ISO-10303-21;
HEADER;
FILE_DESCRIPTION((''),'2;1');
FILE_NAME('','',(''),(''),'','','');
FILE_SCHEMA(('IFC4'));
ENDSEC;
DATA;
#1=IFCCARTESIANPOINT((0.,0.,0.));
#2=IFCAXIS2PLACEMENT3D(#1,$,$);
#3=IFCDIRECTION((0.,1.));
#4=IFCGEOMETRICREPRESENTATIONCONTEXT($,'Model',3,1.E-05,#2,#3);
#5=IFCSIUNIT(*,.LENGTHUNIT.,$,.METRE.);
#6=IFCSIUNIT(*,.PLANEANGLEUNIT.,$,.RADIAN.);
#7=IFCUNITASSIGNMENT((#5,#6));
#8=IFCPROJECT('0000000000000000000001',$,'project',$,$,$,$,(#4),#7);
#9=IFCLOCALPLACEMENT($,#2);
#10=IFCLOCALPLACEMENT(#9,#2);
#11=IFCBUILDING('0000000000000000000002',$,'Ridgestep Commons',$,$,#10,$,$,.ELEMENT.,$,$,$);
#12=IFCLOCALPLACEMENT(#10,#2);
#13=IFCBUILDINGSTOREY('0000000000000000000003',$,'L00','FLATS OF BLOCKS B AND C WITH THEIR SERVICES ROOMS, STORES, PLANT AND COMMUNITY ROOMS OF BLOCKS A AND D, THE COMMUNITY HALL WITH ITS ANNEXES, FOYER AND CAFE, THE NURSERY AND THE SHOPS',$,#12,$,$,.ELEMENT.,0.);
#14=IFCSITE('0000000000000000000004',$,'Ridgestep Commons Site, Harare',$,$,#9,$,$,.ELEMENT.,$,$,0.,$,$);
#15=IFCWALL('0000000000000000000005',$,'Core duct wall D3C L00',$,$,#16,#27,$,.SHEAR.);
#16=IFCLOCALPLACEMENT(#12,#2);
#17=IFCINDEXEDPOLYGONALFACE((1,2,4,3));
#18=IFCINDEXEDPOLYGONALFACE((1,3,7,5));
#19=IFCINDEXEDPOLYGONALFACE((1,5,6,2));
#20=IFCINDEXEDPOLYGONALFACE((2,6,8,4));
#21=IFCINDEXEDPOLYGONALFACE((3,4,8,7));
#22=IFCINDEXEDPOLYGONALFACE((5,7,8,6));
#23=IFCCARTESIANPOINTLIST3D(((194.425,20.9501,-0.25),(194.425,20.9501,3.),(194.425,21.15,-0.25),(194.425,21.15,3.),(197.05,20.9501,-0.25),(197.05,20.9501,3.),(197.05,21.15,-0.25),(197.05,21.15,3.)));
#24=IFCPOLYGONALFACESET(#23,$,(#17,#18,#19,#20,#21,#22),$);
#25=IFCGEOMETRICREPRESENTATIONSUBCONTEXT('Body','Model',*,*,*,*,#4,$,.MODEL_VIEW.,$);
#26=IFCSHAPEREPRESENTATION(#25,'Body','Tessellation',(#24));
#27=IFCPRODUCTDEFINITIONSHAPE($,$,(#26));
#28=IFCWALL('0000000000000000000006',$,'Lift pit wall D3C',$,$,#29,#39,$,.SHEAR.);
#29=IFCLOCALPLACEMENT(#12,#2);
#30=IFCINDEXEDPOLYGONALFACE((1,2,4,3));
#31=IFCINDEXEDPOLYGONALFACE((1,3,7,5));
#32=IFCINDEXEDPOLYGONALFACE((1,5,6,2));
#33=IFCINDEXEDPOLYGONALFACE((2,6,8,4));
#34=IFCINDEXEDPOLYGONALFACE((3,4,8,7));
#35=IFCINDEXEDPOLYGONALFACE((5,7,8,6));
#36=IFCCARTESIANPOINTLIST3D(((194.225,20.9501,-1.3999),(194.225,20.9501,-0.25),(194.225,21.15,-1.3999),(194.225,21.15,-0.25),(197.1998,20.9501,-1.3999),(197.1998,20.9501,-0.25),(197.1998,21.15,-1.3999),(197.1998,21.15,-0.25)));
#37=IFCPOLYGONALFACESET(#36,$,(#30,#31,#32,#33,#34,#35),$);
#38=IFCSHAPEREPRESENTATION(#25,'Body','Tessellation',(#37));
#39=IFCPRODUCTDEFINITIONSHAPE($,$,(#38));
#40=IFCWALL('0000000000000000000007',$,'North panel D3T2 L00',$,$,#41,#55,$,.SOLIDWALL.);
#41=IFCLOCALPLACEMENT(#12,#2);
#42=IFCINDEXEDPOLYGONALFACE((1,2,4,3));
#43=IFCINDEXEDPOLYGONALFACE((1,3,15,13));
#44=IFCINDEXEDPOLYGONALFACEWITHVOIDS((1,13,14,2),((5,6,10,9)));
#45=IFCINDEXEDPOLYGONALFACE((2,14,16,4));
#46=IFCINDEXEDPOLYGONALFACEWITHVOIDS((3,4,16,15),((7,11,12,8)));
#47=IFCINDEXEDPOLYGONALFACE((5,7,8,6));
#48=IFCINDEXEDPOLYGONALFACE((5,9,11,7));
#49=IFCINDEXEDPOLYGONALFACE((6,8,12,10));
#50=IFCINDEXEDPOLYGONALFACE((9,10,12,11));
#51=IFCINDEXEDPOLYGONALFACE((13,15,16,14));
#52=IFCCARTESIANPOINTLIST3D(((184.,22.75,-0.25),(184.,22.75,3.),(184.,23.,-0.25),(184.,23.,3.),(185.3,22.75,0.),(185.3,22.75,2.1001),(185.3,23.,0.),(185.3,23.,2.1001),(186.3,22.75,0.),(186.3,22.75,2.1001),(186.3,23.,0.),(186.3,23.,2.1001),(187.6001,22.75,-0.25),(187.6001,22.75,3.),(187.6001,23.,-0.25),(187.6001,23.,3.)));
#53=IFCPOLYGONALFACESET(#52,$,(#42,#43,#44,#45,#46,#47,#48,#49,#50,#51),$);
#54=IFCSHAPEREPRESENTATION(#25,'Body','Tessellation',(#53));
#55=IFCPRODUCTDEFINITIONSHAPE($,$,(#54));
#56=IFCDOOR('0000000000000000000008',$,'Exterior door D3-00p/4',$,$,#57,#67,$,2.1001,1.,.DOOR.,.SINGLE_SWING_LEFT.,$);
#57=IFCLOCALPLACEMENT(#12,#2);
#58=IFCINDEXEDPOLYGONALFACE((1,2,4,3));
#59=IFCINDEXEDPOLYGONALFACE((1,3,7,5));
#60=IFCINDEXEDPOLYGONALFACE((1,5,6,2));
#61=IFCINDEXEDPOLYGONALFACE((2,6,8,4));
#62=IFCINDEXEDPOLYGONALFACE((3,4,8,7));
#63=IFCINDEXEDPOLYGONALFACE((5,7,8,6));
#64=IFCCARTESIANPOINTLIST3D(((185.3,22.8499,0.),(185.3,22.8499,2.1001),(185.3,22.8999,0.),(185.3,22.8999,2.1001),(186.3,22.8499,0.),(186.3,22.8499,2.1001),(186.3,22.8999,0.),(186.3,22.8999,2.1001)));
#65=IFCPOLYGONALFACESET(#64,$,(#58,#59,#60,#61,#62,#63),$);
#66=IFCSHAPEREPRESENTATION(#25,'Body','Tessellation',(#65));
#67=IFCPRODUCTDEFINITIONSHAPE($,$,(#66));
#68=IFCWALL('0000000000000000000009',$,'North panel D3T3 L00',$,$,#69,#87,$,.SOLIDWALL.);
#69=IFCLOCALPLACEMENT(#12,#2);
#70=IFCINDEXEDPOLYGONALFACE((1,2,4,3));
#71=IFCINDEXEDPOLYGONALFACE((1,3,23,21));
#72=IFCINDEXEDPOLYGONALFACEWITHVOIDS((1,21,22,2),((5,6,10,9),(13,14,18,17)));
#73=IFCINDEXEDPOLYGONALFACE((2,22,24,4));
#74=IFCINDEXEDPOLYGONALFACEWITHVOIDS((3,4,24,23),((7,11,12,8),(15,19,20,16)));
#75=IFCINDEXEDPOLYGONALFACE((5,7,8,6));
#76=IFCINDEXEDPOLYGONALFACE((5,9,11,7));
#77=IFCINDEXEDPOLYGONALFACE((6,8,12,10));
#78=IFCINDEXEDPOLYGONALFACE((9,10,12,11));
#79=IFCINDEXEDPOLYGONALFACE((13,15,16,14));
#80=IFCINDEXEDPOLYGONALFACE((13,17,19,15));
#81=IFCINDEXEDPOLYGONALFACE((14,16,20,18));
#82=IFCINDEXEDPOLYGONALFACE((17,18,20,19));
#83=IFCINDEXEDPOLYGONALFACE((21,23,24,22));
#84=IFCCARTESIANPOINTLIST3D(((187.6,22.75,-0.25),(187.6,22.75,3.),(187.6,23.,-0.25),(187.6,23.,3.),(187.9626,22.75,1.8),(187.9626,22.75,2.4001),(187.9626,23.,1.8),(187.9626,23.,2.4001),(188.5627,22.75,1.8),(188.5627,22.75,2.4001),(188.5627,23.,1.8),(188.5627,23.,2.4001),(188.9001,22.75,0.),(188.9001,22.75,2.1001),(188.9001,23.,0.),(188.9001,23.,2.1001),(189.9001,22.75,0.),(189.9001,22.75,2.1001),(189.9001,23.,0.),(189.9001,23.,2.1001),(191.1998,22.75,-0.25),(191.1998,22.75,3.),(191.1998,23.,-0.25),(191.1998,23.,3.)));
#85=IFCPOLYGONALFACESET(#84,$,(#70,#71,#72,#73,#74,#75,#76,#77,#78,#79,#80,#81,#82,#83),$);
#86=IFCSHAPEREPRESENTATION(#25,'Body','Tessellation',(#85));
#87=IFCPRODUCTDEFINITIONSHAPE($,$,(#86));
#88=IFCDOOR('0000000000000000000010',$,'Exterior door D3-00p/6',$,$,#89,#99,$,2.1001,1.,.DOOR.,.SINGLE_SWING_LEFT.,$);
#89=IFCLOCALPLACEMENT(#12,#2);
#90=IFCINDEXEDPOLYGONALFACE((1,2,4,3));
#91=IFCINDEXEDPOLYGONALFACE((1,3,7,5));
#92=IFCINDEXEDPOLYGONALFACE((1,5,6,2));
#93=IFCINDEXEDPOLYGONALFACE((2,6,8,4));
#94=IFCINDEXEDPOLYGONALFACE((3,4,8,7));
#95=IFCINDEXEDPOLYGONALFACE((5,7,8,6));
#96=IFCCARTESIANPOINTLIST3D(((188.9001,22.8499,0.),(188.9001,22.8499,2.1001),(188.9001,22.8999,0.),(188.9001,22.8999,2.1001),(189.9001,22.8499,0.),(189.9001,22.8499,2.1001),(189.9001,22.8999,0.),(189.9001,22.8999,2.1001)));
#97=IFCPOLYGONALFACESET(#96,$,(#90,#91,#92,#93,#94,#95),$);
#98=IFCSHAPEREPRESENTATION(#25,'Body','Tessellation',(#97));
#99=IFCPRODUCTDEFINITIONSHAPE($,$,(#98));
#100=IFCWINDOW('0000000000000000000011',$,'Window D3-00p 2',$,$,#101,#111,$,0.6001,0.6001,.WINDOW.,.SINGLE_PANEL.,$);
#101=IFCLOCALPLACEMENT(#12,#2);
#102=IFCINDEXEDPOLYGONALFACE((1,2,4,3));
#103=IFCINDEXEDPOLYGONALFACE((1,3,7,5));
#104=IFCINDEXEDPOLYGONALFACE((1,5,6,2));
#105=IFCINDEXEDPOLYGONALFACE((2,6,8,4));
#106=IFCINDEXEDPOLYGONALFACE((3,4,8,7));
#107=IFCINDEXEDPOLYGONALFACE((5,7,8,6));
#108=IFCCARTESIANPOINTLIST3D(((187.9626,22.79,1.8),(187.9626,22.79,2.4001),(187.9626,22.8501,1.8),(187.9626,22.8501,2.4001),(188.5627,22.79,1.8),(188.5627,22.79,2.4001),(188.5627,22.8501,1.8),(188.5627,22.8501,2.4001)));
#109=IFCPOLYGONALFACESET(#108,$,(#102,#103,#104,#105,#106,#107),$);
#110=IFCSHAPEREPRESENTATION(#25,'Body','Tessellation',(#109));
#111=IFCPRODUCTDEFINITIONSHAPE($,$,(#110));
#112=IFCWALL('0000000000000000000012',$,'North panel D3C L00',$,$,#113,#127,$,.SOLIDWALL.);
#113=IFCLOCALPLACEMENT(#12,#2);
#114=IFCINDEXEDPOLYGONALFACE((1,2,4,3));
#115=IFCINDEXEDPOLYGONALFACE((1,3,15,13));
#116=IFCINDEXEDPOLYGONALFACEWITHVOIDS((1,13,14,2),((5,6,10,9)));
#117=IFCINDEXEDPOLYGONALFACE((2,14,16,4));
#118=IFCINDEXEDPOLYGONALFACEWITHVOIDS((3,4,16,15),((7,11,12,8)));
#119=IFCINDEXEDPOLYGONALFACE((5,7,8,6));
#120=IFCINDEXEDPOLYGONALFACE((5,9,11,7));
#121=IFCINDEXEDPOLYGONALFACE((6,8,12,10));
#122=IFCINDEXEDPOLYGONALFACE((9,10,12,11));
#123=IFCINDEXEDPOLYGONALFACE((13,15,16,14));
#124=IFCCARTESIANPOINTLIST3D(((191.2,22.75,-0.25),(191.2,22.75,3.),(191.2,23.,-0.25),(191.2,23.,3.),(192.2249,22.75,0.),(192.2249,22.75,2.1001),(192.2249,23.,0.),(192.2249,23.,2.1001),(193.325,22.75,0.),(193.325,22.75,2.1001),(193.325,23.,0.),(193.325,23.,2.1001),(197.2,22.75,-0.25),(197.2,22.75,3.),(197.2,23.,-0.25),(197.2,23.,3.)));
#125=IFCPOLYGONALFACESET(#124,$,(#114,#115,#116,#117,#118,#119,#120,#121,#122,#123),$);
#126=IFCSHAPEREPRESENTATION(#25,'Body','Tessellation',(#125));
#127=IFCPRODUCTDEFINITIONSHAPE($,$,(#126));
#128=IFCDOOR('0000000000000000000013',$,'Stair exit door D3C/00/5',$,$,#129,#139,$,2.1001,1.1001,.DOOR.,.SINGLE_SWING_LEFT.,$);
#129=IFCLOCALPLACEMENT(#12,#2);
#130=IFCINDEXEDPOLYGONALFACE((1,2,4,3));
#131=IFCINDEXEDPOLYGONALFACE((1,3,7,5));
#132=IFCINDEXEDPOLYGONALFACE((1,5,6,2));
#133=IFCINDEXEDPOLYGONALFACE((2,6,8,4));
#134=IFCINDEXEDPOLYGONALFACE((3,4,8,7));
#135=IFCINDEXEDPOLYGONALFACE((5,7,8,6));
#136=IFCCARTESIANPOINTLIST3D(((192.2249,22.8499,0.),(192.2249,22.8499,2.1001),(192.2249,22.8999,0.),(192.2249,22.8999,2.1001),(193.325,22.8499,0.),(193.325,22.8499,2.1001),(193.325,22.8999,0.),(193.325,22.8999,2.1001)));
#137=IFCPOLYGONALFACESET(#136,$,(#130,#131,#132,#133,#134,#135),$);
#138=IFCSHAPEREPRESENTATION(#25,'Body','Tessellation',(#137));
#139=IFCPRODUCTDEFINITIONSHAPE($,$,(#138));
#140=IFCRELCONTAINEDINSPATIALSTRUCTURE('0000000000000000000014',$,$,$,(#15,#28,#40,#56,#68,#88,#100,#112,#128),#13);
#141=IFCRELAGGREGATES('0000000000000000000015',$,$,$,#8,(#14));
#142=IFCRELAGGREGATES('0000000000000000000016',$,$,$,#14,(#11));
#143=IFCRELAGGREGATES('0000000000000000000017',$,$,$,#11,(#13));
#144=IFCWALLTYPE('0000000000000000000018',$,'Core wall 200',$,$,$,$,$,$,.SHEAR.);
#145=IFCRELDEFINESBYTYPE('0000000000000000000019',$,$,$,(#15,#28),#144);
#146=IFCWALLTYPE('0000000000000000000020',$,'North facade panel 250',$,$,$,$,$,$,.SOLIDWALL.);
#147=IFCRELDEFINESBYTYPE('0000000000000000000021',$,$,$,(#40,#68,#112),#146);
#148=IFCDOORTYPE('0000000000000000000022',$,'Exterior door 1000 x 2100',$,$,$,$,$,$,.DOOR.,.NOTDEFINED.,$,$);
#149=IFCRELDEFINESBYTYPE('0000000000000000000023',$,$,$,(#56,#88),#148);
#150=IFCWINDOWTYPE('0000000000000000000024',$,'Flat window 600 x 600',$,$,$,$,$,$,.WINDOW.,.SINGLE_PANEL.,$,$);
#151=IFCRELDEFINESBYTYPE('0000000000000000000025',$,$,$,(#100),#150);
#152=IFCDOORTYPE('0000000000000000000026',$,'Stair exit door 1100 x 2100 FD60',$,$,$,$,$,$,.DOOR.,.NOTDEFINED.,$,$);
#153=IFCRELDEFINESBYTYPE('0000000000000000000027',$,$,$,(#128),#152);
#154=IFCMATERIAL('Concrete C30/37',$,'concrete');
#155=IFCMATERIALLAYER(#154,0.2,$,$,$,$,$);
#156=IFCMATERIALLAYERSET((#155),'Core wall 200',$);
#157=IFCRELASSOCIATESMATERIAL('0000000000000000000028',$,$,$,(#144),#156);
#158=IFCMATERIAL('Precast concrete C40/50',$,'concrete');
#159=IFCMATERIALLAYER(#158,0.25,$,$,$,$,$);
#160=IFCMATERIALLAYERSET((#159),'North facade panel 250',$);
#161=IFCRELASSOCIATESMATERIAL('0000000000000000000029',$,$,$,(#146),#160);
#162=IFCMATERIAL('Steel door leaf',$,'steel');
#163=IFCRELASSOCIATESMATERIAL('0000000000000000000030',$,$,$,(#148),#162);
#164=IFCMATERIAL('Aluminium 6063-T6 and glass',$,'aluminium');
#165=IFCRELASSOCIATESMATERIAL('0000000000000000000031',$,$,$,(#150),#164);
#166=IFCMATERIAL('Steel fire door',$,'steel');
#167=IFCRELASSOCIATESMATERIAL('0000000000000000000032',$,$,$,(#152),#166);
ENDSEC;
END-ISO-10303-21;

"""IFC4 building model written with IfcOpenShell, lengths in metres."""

from ifc_helpers import new_model, si_unit, direction, frame, frame_2d, origin, place, context, subcontext, project, spatial, rectangle, extrude, material, layer, layer_set, type_object, element, fill, save


model = new_model("IFC4")

# Units and contexts
model_context = context("Model", 3, precision=1e-05, world=origin(), true_north=direction((0.0, 1.0)))
body_context = subcontext(model_context, "Body", "Model", "MODEL_VIEW")
ifc_project = project(units=[si_unit("LENGTHUNIT", "METRE"), si_unit("PLANEANGLEUNIT", "RADIAN")], contexts=[model_context])

# Site, building, storey
site_placement = place(None, origin())
site = spatial("IfcSite", under=ifc_project, at=site_placement, Name="Ridgestep Commons Site, Harare", CompositionType="ELEMENT", RefElevation=0.0)
building_placement = place(site_placement, origin())
building = spatial("IfcBuilding", under=site, at=building_placement, Name="Ridgestep Commons", CompositionType="ELEMENT")
storey_placement = place(building_placement, origin())
storey = spatial("IfcBuildingStorey", under=building, at=storey_placement, Name="L00", Description="FLATS OF BLOCKS B AND C WITH THEIR SERVICES ROOMS, STORES, PLANT AND COMMUNITY ROOMS OF BLOCKS A AND D, THE COMMUNITY HALL WITH ITS ANNEXES, FOYER AND CAFE, THE NURSERY AND THE SHOPS", CompositionType="ELEMENT", Elevation=0.0)

# Walls
ifc_material_1 = material(Name="Concrete C30/37", Category="concrete")
ifc_layer_1 = layer(ifc_material_1, 0.2)
ifc_layer_set_1 = layer_set([ifc_layer_1], Name="Core wall 200")
wall_type_1 = type_object("IfcWallType", Name="Core wall 200", PredefinedType="SHEAR", material=ifc_layer_set_1)
wall_1_placement = place(storey_placement, frame((194.425, 21.05, -0.25), z_axis=(0.0, 0.0, 1.0), x_axis=(1.0, 0.0, 0.0)))
element("IfcWall", 1, at=wall_1_placement, inside=storey, type_object=wall_type_1, Name="Core duct wall D3C L00", PredefinedType="SHEAR", context=body_context, shape_type="SweptSolid", body=[
    extrude(rectangle(XDim=2.625, YDim=0.2, at=frame_2d((1.3125, 0.0))), origin(), (0.0, 0.0, 1.0), 3.25),
])
wall_2_placement = place(storey_placement, frame((194.2251, 21.05, -1.3999), z_axis=(0.0, 0.0, 1.0), x_axis=(1.0, 0.0, 0.0)))
element("IfcWall", 2, at=wall_2_placement, inside=storey, type_object=wall_type_1, Name="Lift pit wall D3C", PredefinedType="SHEAR", context=body_context, shape_type="SweptSolid", body=[
    extrude(rectangle(XDim=2.9749, YDim=0.2, at=frame_2d((1.4873, 0.0))), origin(), (0.0, 0.0, 1.0), 1.1499),
])

# Wall, opening, door
ifc_material_2 = material(Name="Precast concrete C40/50", Category="concrete")
ifc_layer_2 = layer(ifc_material_2, 0.25)
ifc_layer_set_2 = layer_set([ifc_layer_2], Name="North facade panel 250")
wall_type_2 = type_object("IfcWallType", Name="North facade panel 250", PredefinedType="SOLIDWALL", material=ifc_layer_set_2)
wall_3_placement = place(storey_placement, frame((184.0, 22.875, -0.25), z_axis=(0.0, 0.0, 1.0), x_axis=(1.0, 0.0, 0.0)))
wall_3 = element("IfcWall", 3, at=wall_3_placement, inside=storey, type_object=wall_type_2, Name="North panel D3T2 L00", PredefinedType="SOLIDWALL", context=body_context, shape_type="SweptSolid", body=[
    extrude(rectangle(XDim=3.6001, YDim=0.25, at=frame_2d((1.8, 0.0))), origin(), (0.0, 0.0, 1.0), 3.25),
])
opening_1_placement = place(wall_3_placement, frame((1.3, 0.0, 0.25)))
opening_1 = element("IfcOpeningElement", 4, at=opening_1_placement, cuts=wall_3, PredefinedType="OPENING", context=body_context, shape_type="SweptSolid", body=[
    extrude(rectangle(XDim=1.0, YDim=2.1001, at=frame_2d((0.5, 1.05))), frame((0.0, 0.135, 0.0), z_axis=(0.0, -1.0, 0.0), x_axis=(1.0, 0.0, 0.0)), (0.0, 0.0, 1.0), 0.27),
])
ifc_material_3 = material(Name="Steel door leaf", Category="steel")
door_type_1 = type_object("IfcDoorType", Name="Exterior door 1000 x 2100", OperationType="NOTDEFINED", PredefinedType="DOOR", material=ifc_material_3)
door_1_placement = place(opening_1_placement, origin())
door_1 = element("IfcDoor", 5, at=door_1_placement, inside=storey, type_object=door_type_1, Name="Exterior door D3-00p/4", OperationType="SINGLE_SWING_LEFT", OverallHeight=2.1001, OverallWidth=1.0, PredefinedType="DOOR", context=body_context, shape_type="SweptSolid", body=[
    extrude(rectangle(XDim=1.0, YDim=2.1001, at=frame_2d((0.5, 1.05))), frame((0.0, 0.0249, 0.0), z_axis=(0.0, -1.0, 0.0), x_axis=(1.0, 0.0, 0.0)), (0.0, 0.0, 1.0), 0.05),
])
fill(opening_1, door_1)

# Wall, openings, door, window
wall_4_placement = place(storey_placement, frame((187.6001, 22.875, -0.25), z_axis=(0.0, 0.0, 1.0), x_axis=(1.0, 0.0, 0.0)))
wall_4 = element("IfcWall", 6, at=wall_4_placement, inside=storey, type_object=wall_type_2, Name="North panel D3T3 L00", PredefinedType="SOLIDWALL", context=body_context, shape_type="SweptSolid", body=[
    extrude(rectangle(XDim=3.5999, YDim=0.25, at=frame_2d((1.7998, 0.0))), origin(), (0.0, 0.0, 1.0), 3.25),
])
opening_2_placement = place(wall_4_placement, frame((0.3625, 0.0, 2.05)))
opening_2 = element("IfcOpeningElement", 7, at=opening_2_placement, cuts=wall_4, PredefinedType="OPENING", context=body_context, shape_type="SweptSolid", body=[
    extrude(rectangle(XDim=0.6001, YDim=0.6001, at=frame_2d((0.3, 0.3))), frame((0.0, 0.135, 0.0), z_axis=(0.0, -1.0, 0.0), x_axis=(1.0, 0.0, 0.0)), (0.0, 0.0, 1.0), 0.27),
])
opening_3_placement = place(wall_4_placement, frame((1.3, 0.0, 0.25)))
opening_3 = element("IfcOpeningElement", 8, at=opening_3_placement, cuts=wall_4, PredefinedType="OPENING", context=body_context, shape_type="SweptSolid", body=[
    extrude(rectangle(XDim=1.0, YDim=2.1001, at=frame_2d((0.5, 1.05))), frame((0.0, 0.135, 0.0), z_axis=(0.0, -1.0, 0.0), x_axis=(1.0, 0.0, 0.0)), (0.0, 0.0, 1.0), 0.27),
])
door_2_placement = place(opening_3_placement, origin())
door_2 = element("IfcDoor", 9, at=door_2_placement, inside=storey, type_object=door_type_1, Name="Exterior door D3-00p/6", OperationType="SINGLE_SWING_LEFT", OverallHeight=2.1001, OverallWidth=1.0, PredefinedType="DOOR", context=body_context, shape_type="SweptSolid", body=[
    extrude(rectangle(XDim=1.0, YDim=2.1001, at=frame_2d((0.5, 1.05))), frame((0.0, 0.0249, 0.0), z_axis=(0.0, -1.0, 0.0), x_axis=(1.0, 0.0, 0.0)), (0.0, 0.0, 1.0), 0.05),
])
fill(opening_3, door_2)
ifc_material_4 = material(Name="Aluminium 6063-T6 and glass", Category="aluminium")
window_type = type_object("IfcWindowType", Name="Flat window 600 x 600", PartitioningType="SINGLE_PANEL", PredefinedType="WINDOW", material=ifc_material_4)
window_placement = place(opening_2_placement, origin())
window = element("IfcWindow", 10, at=window_placement, inside=storey, type_object=window_type, Name="Window D3-00p 2", OverallHeight=0.6001, OverallWidth=0.6001, PartitioningType="SINGLE_PANEL", PredefinedType="WINDOW", context=body_context, shape_type="SweptSolid", body=[
    extrude(rectangle(XDim=0.6001, YDim=0.6001, at=frame_2d((0.3, 0.3))), frame((0.0, -0.0249, 0.0), z_axis=(0.0, -1.0, 0.0), x_axis=(1.0, 0.0, 0.0)), (0.0, 0.0, 1.0), 0.0601),
])
fill(opening_2, window)

# Wall, opening, door
wall_5_placement = place(storey_placement, frame((191.2, 22.875, -0.25), z_axis=(0.0, 0.0, 1.0), x_axis=(1.0, 0.0, 0.0)))
wall_5 = element("IfcWall", 11, at=wall_5_placement, inside=storey, type_object=wall_type_2, Name="North panel D3C L00", PredefinedType="SOLIDWALL", context=body_context, shape_type="SweptSolid", body=[
    extrude(rectangle(XDim=6.0, YDim=0.25, at=frame_2d((3.0, 0.0))), origin(), (0.0, 0.0, 1.0), 3.25),
])
opening_4_placement = place(wall_5_placement, frame((1.0249, 0.0, 0.25)))
opening_4 = element("IfcOpeningElement", 12, at=opening_4_placement, cuts=wall_5, PredefinedType="OPENING", context=body_context, shape_type="SweptSolid", body=[
    extrude(rectangle(XDim=1.1001, YDim=2.1001, at=frame_2d((0.55, 1.05))), frame((0.0, 0.135, 0.0), z_axis=(0.0, -1.0, 0.0), x_axis=(1.0, 0.0, 0.0)), (0.0, 0.0, 1.0), 0.27),
])
ifc_material_5 = material(Name="Steel fire door", Category="steel")
door_type_2 = type_object("IfcDoorType", Name="Stair exit door 1100 x 2100 FD60", OperationType="NOTDEFINED", PredefinedType="DOOR", material=ifc_material_5)
door_3_placement = place(opening_4_placement, origin())
door_3 = element("IfcDoor", 13, at=door_3_placement, inside=storey, type_object=door_type_2, Name="Stair exit door D3C/00/5", OperationType="SINGLE_SWING_LEFT", OverallHeight=2.1001, OverallWidth=1.1001, PredefinedType="DOOR", context=body_context, shape_type="SweptSolid", body=[
    extrude(rectangle(XDim=1.1001, YDim=2.1001, at=frame_2d((0.55, 1.05))), frame((0.0, 0.0249, 0.0), z_axis=(0.0, -1.0, 0.0), x_axis=(1.0, 0.0, 0.0)), (0.0, 0.0, 1.0), 0.05),
])
fill(opening_4, door_3)

save(model, "model.ifc")
